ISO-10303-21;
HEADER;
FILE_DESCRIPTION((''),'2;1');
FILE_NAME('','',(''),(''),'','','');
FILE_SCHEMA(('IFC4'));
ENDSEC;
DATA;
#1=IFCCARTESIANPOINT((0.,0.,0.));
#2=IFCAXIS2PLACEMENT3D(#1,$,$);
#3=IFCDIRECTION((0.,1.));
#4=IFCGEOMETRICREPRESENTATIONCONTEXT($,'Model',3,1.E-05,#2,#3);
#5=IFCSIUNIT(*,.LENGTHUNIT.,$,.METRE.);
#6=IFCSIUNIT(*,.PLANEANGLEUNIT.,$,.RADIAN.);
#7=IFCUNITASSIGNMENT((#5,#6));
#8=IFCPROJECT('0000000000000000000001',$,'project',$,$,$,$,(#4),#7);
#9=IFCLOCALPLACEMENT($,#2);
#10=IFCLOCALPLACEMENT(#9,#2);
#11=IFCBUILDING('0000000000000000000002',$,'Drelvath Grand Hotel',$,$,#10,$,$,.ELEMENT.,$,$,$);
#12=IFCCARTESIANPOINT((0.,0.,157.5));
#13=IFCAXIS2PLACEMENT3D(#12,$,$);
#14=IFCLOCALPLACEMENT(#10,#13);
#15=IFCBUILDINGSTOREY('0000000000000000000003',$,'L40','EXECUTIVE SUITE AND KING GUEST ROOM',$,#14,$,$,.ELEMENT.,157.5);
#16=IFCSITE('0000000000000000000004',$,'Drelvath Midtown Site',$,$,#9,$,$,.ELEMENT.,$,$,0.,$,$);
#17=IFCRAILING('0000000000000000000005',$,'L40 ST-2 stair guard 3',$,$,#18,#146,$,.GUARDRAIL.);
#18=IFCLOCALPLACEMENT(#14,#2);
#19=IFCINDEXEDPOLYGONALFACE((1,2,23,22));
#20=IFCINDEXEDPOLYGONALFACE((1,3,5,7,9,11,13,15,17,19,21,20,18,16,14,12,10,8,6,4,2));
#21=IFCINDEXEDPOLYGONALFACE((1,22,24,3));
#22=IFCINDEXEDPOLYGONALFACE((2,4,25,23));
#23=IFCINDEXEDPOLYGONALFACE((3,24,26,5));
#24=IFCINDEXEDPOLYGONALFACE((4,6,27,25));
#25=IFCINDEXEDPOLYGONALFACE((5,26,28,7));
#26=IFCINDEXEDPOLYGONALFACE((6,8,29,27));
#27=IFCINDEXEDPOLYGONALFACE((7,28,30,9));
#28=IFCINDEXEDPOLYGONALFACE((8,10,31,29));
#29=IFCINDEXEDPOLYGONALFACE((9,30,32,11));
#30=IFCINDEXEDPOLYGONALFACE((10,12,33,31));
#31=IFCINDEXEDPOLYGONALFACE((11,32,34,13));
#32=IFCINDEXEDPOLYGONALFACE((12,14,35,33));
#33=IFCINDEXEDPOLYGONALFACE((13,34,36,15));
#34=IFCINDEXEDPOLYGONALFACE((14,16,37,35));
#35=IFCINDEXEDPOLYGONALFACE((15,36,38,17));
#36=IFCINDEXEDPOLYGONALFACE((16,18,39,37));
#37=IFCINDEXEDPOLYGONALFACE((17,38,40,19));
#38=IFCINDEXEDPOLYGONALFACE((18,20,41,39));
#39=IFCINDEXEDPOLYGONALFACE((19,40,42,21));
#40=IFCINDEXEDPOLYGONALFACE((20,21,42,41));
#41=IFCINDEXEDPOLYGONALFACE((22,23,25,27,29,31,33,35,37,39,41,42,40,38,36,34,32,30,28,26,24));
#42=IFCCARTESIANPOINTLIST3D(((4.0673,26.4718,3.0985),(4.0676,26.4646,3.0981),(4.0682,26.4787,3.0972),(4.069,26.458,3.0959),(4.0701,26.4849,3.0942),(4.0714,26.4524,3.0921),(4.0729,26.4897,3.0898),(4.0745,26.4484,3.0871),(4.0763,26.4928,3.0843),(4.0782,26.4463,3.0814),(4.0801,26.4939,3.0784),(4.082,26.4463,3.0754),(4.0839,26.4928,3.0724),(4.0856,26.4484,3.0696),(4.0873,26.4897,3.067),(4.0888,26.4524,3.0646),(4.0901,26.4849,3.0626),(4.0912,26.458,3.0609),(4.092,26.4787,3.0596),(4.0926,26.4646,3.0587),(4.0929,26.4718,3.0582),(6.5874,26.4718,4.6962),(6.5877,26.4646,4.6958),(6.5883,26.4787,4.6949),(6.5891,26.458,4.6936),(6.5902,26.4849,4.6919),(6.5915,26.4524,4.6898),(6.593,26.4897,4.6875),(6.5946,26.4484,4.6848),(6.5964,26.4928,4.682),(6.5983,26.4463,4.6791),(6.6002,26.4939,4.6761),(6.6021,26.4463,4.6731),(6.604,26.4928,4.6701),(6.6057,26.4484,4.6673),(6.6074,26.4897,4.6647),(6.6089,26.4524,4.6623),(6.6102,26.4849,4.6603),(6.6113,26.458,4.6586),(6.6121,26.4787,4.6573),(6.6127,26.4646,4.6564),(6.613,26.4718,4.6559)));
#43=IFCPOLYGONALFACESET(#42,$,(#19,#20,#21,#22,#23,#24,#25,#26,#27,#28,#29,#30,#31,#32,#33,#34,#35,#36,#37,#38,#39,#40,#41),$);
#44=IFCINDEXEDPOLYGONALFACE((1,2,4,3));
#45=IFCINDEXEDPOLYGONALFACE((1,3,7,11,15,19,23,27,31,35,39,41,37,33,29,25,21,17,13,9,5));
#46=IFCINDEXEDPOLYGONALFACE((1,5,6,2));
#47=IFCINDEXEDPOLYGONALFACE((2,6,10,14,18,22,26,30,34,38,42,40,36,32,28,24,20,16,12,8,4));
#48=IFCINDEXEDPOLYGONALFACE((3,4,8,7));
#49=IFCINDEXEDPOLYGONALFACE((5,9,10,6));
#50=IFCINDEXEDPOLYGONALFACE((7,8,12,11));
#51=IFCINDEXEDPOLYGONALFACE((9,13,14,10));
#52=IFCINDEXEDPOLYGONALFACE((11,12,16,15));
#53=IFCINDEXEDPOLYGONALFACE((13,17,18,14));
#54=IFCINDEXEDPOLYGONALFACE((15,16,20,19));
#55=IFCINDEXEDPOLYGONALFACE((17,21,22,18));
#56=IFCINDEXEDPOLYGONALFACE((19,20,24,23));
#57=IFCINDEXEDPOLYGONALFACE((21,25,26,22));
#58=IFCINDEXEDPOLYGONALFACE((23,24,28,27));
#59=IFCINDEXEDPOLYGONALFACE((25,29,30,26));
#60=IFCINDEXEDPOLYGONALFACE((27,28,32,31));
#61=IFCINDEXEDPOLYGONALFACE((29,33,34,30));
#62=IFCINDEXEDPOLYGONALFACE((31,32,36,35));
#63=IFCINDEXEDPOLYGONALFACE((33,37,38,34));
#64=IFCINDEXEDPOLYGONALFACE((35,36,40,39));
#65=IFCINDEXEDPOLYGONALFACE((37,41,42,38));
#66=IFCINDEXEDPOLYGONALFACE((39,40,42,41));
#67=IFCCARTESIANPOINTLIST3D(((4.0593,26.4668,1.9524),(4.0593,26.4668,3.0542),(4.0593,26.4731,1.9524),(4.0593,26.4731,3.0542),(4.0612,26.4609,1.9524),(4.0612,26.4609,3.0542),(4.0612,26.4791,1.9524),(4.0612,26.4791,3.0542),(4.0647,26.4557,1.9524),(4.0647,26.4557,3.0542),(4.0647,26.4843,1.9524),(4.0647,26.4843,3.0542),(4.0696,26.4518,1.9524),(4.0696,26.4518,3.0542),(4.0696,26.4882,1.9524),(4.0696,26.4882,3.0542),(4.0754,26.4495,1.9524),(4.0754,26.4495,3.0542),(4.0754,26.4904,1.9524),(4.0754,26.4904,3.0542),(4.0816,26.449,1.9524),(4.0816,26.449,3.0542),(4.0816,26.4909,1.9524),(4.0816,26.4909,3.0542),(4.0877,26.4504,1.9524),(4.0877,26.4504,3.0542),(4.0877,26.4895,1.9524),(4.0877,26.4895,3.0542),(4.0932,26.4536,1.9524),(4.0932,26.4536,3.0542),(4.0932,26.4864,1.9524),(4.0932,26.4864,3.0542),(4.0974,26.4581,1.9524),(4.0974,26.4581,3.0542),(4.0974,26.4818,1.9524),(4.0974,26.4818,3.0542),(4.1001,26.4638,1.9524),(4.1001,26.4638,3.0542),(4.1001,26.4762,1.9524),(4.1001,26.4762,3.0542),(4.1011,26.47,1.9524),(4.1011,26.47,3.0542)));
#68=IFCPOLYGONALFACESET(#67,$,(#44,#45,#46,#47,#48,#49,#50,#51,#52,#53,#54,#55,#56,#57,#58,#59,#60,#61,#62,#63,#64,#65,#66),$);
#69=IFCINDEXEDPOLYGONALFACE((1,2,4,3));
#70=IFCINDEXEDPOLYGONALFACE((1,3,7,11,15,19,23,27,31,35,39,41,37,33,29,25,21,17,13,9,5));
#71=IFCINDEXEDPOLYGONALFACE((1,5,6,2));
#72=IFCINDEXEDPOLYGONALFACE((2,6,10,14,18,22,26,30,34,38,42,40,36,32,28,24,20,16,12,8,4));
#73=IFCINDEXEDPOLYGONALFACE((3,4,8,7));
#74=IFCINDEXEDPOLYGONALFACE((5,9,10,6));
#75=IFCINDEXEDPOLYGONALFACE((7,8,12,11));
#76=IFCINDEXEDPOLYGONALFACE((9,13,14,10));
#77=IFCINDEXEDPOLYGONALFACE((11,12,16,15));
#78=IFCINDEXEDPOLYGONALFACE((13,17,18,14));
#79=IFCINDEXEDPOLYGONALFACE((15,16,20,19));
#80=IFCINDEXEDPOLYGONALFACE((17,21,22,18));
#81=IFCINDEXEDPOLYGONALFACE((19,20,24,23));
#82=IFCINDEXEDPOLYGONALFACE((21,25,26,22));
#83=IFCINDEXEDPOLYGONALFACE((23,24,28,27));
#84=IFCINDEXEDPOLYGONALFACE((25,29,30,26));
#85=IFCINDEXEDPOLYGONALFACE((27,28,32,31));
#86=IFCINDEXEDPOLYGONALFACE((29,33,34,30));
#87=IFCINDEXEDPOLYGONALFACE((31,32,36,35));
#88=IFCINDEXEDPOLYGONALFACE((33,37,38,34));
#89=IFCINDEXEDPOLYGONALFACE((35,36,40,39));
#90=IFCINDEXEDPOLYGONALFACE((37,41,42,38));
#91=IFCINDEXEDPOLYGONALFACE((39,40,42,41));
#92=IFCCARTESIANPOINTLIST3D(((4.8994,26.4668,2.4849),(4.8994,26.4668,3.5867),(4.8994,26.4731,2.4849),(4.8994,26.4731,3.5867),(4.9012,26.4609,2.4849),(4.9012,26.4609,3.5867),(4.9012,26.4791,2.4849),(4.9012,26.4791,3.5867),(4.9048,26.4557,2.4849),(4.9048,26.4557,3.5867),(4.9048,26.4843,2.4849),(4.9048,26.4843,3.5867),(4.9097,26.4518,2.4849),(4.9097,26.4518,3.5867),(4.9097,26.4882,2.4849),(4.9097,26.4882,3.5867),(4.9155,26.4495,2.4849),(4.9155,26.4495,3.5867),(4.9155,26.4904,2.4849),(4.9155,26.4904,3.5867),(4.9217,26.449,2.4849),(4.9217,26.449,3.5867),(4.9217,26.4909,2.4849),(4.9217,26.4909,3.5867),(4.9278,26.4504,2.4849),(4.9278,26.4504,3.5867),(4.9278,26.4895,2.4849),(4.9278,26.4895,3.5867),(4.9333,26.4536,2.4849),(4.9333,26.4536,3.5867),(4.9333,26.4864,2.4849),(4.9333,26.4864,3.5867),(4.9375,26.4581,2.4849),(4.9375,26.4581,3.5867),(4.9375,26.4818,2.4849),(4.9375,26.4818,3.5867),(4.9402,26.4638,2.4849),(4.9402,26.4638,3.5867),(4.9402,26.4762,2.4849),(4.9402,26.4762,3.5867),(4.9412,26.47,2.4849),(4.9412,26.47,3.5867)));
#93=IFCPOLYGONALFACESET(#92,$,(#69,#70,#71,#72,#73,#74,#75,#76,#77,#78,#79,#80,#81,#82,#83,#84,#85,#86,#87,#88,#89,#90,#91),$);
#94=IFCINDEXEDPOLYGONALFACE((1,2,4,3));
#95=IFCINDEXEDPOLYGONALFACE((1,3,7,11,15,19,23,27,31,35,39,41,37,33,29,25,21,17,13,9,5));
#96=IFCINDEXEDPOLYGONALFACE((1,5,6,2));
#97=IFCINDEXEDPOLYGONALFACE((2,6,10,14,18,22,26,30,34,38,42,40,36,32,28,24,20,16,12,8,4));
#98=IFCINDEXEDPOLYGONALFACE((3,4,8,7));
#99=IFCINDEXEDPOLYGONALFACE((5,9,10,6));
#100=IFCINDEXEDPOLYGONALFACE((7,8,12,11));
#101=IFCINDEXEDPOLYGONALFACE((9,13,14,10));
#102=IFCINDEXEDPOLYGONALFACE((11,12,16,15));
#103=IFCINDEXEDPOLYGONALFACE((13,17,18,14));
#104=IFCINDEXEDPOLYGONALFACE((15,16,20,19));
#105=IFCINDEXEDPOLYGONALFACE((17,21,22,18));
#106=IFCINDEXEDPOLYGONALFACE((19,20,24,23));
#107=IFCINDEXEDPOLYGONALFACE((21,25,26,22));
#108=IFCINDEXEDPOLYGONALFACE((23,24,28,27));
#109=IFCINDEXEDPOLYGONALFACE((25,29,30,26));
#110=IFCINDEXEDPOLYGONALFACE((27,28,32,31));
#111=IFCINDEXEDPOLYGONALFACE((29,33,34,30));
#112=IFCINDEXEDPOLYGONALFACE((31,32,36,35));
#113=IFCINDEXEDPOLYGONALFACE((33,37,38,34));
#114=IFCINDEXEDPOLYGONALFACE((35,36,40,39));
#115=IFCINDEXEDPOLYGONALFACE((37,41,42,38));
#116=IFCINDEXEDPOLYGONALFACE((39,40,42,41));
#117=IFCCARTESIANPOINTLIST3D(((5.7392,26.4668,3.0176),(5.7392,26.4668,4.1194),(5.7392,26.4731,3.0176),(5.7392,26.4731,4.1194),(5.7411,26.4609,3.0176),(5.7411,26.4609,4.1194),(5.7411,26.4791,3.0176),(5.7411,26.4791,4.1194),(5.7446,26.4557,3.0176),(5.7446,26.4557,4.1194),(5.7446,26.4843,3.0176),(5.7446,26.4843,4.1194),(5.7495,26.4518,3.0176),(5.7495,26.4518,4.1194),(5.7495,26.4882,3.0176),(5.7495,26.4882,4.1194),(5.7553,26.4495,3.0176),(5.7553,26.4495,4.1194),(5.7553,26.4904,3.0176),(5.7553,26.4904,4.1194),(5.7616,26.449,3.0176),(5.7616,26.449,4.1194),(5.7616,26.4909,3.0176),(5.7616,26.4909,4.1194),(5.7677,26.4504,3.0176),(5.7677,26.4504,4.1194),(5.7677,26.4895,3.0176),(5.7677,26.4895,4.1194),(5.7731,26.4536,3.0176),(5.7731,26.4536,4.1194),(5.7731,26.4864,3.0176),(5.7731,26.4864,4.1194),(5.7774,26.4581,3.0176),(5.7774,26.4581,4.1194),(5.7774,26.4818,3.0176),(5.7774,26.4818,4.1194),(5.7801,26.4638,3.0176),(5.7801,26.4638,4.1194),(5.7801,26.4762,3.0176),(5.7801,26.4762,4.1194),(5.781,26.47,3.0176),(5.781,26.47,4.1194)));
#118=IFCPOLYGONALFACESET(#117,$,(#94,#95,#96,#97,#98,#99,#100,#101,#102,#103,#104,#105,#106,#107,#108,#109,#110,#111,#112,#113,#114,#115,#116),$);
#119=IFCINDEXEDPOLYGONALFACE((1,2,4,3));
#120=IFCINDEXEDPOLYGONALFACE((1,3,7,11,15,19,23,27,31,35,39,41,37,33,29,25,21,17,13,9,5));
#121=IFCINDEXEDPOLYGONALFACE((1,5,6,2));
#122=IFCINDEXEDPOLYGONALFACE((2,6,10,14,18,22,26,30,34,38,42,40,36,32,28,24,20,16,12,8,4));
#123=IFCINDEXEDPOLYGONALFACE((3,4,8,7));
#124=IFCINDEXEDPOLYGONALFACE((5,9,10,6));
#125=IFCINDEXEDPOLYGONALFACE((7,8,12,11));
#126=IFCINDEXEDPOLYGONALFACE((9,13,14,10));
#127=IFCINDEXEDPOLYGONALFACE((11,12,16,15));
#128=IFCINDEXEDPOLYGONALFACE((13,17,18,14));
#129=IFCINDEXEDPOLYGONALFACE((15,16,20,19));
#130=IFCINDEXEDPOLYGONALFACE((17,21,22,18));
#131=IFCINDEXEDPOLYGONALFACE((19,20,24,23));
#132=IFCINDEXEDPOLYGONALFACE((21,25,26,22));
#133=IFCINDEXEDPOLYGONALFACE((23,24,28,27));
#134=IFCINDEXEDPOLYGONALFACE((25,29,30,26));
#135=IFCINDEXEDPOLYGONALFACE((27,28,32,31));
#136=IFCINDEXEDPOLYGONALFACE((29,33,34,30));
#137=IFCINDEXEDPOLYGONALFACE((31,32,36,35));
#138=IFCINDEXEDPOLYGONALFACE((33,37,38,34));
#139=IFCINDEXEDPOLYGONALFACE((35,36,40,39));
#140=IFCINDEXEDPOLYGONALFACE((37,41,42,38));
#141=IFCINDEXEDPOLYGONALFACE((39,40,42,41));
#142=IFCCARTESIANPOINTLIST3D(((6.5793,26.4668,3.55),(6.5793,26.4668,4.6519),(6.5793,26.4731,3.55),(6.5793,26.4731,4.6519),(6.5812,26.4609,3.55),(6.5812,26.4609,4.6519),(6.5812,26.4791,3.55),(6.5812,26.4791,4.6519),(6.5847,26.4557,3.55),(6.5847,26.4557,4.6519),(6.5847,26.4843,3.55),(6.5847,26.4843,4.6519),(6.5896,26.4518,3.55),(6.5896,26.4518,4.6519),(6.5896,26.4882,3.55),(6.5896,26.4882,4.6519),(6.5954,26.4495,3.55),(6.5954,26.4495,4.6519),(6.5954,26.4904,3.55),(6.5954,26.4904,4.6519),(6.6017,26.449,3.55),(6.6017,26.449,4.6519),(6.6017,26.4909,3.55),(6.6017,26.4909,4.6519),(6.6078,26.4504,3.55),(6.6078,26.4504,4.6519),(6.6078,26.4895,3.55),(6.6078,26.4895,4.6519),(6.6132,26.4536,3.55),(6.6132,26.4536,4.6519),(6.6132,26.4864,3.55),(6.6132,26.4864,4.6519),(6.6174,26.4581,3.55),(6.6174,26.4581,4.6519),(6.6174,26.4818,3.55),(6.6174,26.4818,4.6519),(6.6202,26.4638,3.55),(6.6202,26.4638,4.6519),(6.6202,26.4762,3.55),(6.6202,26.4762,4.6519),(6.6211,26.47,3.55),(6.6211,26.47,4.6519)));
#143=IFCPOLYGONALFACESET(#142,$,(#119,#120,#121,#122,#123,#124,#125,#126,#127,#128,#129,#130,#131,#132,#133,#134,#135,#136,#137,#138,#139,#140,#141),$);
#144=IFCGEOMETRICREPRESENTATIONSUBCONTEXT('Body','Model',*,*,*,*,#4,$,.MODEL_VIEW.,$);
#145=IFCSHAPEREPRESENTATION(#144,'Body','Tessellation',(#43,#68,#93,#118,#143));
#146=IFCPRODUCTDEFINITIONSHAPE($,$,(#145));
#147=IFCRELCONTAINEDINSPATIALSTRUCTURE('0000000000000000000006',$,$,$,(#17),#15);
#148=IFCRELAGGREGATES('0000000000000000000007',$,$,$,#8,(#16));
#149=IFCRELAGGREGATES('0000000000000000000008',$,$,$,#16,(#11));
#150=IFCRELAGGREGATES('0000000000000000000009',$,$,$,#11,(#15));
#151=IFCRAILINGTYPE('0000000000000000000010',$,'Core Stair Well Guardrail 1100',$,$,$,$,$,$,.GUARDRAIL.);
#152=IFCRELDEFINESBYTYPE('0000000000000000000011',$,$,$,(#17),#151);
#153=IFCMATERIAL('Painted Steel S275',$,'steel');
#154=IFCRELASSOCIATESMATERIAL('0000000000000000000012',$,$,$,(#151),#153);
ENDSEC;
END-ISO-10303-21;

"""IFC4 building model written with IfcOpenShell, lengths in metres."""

from ifc_helpers import new_model, si_unit, direction, frame, origin, origin_2d, place, context, subcontext, project, spatial, circle, extrude, material, type_object, element, save


model = new_model("IFC4")

# Units and contexts
model_context = context("Model", 3, precision=1e-05, world=origin(), true_north=direction((0.0, 1.0)))
body_context = subcontext(model_context, "Body", "Model", "MODEL_VIEW")
ifc_project = project(units=[si_unit("LENGTHUNIT", "METRE"), si_unit("PLANEANGLEUNIT", "RADIAN")], contexts=[model_context])

# Site, building, storey
site_placement = place(None, origin())
site = spatial("IfcSite", under=ifc_project, at=site_placement, Name="Drelvath Midtown Site", CompositionType="ELEMENT", RefElevation=0.0)
building_placement = place(site_placement, origin())
building = spatial("IfcBuilding", under=site, at=building_placement, Name="Drelvath Grand Hotel", CompositionType="ELEMENT")
storey_placement = place(building_placement, frame((0.0, 0.0, 157.5)))
storey = spatial("IfcBuildingStorey", under=building, at=storey_placement, Name="L40", Description="EXECUTIVE SUITE AND KING GUEST ROOM", CompositionType="ELEMENT", Elevation=157.5)

# Railing
ifc_material_1 = material(Name="Painted Steel S275", Category="steel")
railing_type_1 = type_object("IfcRailingType", Name="Core Stair Well Guardrail 1100", PredefinedType="GUARDRAIL", material=ifc_material_1)
railing_1_placement = place(storey_placement, frame((4.0801, 26.47, 1.9524)))
element("IfcRailing", 1, at=railing_1_placement, inside=storey, type_object=railing_type_1, Name="L40 ST-2 stair guard 3", PredefinedType="GUARDRAIL", context=body_context, shape_type="SweptSolid", body=[
    extrude(circle(Radius=0.0239, at=origin_2d()), frame((0.0, 0.0, 1.126), z_axis=(0.84457, 0.0, 0.535445), x_axis=(0.0, 1.0, 0.0)), (0.0, 0.0, 1.0), 2.9839),
    extrude(circle(Radius=0.021, at=origin_2d()), origin(), (0.0, 0.0, 1.0), 1.1018),
    extrude(circle(Radius=0.021, at=origin_2d()), frame((0.8401, 0.0, 0.5325)), (0.0, 0.0, 1.0), 1.1018),
    extrude(circle(Radius=0.021, at=origin_2d()), frame((1.6799, 0.0, 1.0652)), (0.0, 0.0, 1.0), 1.1018),
    extrude(circle(Radius=0.021, at=origin_2d()), frame((2.52, 0.0, 1.5977)), (0.0, 0.0, 1.0), 1.1018),
])

save(model, "model.ifc")
